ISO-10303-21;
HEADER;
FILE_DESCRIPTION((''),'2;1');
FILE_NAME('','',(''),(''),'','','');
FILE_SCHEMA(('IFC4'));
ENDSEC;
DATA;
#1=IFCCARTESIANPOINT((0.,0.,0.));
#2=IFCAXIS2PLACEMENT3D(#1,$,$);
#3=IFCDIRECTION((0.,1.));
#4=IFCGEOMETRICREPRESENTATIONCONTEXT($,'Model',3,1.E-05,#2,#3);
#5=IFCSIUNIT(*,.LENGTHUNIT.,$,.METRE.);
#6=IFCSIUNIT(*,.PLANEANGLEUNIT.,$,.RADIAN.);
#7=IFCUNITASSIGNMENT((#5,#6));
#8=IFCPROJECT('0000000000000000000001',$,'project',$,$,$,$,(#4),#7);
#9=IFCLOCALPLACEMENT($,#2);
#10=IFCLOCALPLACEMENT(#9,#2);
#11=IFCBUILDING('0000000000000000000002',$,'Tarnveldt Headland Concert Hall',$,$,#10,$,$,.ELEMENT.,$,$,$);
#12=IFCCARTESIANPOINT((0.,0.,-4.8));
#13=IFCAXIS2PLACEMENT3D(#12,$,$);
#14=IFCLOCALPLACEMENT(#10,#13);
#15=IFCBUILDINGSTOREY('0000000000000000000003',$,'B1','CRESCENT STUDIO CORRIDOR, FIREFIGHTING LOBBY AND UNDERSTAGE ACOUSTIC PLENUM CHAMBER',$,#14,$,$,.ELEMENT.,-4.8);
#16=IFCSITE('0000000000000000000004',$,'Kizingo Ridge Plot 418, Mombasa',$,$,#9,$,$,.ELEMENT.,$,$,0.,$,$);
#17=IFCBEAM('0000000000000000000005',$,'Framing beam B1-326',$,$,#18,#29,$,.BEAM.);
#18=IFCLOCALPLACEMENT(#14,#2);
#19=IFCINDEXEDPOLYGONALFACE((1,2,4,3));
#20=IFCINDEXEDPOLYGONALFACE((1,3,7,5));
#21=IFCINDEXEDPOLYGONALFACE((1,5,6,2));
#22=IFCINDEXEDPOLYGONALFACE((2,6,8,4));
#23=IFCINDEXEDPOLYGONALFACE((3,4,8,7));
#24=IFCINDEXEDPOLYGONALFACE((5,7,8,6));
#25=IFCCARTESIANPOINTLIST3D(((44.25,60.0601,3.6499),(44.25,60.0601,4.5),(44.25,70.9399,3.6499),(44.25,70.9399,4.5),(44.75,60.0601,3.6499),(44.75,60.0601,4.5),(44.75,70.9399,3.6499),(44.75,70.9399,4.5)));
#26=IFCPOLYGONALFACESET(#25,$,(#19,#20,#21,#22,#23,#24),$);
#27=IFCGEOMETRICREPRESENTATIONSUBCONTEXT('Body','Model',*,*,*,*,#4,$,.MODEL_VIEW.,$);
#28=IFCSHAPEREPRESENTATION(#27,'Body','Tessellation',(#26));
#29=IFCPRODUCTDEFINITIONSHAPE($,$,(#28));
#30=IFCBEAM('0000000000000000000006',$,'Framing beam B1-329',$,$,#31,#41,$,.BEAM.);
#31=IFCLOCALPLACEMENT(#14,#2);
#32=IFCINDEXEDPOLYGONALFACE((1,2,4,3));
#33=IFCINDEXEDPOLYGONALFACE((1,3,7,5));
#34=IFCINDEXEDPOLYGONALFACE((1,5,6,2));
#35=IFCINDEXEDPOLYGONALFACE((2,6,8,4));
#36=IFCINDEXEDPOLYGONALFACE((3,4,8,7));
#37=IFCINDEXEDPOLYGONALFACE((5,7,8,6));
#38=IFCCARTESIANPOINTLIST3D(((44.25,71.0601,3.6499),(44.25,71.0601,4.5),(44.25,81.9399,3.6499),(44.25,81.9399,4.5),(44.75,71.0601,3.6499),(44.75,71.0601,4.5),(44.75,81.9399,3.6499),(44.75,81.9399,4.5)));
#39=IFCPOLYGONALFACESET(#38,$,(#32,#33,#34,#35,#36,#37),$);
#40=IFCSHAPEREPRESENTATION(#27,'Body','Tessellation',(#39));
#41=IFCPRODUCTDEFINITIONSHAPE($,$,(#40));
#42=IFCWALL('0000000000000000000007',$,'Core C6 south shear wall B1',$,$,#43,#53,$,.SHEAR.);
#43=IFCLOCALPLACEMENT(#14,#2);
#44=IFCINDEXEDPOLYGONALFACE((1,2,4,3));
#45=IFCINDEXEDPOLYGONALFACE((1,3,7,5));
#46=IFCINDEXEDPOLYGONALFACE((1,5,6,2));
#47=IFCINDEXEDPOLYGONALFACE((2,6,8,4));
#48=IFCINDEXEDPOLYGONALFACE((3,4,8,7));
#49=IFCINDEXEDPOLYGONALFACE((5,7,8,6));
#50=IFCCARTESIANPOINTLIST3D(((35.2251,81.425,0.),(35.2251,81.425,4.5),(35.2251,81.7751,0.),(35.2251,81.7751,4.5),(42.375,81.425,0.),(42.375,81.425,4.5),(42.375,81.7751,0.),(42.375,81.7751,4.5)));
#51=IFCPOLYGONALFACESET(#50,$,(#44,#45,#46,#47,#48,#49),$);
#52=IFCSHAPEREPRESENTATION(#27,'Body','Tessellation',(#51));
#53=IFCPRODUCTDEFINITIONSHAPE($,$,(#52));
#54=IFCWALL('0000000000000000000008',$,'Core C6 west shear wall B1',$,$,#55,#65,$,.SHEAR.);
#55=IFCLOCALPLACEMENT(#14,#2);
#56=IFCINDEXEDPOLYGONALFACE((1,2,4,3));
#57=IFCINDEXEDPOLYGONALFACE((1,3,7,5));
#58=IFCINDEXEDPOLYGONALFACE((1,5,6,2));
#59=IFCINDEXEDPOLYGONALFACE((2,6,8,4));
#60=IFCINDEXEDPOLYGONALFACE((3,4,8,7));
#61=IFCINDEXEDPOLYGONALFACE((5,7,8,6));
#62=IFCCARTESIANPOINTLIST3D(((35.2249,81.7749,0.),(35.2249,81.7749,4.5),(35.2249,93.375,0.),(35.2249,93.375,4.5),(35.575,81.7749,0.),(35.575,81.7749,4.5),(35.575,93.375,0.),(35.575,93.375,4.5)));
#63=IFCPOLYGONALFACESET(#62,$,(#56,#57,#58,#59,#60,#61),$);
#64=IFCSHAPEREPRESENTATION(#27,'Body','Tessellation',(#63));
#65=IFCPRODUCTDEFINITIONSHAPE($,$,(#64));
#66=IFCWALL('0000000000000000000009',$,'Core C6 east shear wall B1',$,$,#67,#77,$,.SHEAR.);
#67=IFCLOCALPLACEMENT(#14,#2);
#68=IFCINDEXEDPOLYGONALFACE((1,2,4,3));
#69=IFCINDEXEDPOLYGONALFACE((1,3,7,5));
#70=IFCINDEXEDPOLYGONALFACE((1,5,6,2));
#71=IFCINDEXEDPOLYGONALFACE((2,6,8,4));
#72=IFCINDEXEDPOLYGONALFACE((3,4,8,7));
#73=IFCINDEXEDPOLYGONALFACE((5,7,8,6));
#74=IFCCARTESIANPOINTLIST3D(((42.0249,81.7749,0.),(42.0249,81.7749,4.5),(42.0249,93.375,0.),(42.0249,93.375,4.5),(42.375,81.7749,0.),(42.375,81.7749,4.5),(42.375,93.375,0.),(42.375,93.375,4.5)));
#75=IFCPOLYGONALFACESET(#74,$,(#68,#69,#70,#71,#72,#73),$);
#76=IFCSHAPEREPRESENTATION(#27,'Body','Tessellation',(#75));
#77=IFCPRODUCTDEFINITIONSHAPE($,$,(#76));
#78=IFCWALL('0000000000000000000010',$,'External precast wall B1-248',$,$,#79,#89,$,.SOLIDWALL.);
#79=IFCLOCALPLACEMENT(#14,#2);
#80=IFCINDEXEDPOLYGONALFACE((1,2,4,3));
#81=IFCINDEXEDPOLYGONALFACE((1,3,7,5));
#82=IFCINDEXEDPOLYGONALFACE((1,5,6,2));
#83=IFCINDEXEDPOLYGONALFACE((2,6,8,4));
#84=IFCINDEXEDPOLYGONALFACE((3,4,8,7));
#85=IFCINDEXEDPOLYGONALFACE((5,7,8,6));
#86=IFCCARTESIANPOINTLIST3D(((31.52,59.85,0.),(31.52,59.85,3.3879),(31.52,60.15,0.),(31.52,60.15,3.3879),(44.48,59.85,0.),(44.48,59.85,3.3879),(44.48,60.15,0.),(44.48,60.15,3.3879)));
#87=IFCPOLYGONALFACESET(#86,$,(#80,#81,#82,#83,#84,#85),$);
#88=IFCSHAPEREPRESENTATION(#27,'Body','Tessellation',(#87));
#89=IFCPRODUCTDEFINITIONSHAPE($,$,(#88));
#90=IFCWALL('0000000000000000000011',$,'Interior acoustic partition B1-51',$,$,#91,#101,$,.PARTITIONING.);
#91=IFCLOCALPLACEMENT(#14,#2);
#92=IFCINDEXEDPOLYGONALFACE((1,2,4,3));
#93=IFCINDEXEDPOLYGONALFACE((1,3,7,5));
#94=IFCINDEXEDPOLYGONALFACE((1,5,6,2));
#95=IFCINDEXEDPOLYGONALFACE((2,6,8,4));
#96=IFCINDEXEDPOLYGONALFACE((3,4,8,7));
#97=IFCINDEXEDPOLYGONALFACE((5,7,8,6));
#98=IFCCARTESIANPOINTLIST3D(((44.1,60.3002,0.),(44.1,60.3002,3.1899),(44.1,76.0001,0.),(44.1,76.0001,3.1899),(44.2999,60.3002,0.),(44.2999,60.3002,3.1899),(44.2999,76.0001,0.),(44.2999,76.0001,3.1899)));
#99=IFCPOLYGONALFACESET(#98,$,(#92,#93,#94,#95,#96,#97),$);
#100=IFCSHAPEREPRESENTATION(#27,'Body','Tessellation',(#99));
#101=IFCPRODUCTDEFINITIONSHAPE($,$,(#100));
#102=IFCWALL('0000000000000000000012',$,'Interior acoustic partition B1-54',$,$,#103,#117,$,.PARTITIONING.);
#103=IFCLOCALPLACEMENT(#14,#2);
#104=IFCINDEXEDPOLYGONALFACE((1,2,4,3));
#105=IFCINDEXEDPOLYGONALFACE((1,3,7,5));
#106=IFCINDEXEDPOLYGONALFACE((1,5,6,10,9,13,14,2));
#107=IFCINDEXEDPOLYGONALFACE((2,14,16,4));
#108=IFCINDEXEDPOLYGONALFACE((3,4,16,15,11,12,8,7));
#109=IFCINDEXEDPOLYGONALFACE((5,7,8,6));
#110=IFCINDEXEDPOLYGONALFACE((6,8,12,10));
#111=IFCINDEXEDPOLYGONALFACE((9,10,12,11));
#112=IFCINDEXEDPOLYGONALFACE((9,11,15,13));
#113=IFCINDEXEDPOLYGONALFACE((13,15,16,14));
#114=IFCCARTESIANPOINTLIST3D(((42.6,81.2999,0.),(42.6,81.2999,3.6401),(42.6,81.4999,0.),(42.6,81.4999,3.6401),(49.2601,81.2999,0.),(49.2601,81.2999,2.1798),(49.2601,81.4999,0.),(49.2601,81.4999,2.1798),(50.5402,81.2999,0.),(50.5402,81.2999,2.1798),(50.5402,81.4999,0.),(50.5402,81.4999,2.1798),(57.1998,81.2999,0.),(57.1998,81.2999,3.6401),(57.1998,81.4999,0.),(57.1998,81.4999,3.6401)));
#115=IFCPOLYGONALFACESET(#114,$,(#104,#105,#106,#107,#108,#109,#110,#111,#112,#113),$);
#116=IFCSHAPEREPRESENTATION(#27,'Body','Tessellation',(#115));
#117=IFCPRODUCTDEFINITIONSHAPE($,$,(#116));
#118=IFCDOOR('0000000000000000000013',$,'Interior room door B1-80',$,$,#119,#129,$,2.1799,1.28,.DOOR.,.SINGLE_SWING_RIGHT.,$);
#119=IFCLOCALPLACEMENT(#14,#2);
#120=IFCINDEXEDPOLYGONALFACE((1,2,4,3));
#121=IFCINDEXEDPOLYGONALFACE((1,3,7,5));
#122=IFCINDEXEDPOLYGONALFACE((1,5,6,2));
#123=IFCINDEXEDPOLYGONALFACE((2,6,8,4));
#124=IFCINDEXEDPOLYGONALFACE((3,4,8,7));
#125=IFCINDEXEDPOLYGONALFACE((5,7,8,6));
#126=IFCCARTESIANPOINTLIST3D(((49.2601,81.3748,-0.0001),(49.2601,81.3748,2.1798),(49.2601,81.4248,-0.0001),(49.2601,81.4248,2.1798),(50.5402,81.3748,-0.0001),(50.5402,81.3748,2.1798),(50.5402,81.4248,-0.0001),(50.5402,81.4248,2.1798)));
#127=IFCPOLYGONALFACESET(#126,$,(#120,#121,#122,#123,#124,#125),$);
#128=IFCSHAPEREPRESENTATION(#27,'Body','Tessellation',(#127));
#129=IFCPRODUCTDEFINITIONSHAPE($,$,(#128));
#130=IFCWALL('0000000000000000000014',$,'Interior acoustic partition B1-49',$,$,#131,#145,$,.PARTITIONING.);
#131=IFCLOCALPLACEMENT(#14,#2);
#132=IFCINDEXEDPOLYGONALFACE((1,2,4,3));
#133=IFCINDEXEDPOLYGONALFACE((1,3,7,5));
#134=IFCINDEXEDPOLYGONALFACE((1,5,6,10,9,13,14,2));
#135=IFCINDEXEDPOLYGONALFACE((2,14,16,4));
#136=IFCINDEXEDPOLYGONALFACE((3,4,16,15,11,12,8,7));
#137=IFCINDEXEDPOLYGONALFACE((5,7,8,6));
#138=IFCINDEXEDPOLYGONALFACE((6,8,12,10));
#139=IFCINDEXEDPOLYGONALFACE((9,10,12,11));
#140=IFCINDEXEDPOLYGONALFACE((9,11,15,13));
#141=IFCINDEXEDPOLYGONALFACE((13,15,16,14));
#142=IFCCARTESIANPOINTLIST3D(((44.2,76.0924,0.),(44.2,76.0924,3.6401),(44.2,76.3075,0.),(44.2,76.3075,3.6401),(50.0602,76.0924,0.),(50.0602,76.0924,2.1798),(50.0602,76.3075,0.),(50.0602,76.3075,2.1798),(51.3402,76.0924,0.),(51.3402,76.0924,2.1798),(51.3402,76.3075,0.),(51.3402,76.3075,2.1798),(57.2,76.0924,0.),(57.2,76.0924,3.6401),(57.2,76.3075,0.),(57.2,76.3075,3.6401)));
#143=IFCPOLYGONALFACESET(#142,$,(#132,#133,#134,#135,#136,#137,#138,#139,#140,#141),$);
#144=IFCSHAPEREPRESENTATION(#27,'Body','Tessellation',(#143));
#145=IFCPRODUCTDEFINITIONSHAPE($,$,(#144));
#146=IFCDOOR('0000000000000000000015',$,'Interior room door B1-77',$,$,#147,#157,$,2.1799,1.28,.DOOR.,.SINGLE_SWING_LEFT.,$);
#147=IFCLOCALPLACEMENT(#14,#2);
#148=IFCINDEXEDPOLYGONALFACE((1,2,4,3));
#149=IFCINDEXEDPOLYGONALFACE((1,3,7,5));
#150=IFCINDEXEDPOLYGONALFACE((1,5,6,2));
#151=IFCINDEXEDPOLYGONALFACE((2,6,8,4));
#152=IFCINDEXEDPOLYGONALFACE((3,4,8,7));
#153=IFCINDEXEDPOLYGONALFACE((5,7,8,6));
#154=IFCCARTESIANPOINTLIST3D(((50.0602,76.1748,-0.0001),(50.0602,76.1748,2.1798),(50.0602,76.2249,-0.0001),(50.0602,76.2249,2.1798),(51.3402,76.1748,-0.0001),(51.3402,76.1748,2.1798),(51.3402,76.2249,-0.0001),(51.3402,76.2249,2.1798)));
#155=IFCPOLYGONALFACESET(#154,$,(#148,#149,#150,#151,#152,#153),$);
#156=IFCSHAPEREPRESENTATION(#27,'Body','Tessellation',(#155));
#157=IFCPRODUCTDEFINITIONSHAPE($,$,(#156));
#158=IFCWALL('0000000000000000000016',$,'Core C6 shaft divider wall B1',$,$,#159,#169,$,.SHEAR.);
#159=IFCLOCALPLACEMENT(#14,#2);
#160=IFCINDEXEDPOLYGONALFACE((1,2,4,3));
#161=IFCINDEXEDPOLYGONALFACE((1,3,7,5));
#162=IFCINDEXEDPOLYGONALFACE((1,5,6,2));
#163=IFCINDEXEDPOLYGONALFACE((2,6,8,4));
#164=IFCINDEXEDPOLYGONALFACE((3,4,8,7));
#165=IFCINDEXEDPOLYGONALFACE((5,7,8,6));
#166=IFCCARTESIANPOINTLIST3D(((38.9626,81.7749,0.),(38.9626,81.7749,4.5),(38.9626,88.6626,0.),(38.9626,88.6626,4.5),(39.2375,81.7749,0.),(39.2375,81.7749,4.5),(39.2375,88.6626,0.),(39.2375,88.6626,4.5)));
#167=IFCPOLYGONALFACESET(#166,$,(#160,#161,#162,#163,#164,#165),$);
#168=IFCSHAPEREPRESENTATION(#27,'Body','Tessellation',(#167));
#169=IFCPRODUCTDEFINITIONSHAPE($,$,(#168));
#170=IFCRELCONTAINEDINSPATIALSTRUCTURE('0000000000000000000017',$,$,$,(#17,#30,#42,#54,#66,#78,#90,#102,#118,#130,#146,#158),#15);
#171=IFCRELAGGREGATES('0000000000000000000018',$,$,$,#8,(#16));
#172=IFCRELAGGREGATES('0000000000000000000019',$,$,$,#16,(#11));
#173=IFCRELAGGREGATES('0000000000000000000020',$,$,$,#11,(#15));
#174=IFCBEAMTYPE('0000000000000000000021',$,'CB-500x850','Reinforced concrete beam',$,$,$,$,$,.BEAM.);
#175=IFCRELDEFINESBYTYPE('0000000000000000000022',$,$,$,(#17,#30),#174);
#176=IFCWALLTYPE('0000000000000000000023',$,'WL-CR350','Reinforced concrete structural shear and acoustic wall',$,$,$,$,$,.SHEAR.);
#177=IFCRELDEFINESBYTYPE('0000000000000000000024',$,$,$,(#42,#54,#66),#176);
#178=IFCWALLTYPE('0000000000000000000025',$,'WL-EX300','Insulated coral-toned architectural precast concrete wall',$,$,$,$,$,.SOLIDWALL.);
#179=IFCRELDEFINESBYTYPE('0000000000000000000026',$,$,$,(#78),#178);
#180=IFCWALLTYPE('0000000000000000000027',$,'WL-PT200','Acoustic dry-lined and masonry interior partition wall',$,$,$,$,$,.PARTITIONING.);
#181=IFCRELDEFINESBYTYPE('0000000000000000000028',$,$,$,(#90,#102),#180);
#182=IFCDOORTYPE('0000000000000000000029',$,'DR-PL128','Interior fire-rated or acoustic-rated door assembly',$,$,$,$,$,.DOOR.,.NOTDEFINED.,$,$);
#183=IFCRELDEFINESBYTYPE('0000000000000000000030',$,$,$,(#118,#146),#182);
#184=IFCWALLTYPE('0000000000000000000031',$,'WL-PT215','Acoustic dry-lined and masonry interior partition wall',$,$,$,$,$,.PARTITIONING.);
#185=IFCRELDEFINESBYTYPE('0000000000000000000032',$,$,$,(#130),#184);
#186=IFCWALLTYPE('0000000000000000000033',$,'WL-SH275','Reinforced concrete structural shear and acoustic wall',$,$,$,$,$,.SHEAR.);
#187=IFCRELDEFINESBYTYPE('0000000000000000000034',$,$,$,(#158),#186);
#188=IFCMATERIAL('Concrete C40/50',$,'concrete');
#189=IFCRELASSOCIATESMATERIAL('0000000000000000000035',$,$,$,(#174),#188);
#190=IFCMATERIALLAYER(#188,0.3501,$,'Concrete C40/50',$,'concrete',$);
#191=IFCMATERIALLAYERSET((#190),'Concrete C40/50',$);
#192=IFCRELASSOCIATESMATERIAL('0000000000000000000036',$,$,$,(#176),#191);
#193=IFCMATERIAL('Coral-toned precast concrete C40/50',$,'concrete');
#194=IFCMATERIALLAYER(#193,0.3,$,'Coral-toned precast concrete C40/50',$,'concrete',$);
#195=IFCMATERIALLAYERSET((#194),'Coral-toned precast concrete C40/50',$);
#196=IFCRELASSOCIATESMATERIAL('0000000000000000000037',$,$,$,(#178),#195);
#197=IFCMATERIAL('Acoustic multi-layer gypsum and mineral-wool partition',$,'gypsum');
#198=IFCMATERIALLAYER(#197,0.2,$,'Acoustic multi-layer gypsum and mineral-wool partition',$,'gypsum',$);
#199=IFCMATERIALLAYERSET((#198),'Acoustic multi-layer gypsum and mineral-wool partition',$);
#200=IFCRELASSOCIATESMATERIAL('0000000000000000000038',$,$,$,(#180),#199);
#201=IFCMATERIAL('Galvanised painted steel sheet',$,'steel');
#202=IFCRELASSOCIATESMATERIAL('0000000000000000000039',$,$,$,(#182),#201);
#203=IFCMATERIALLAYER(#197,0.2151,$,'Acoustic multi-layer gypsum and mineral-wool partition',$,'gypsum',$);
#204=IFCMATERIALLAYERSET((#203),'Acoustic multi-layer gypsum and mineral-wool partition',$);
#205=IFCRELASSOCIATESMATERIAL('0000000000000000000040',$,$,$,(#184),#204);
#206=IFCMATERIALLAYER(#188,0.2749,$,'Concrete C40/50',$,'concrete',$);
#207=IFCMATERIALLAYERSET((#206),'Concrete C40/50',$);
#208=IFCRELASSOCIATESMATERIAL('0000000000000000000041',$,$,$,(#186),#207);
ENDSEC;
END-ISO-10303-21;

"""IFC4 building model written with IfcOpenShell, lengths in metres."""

from ifc_helpers import new_model, si_unit, direction, frame, frame_2d, origin, origin_2d, place, context, subcontext, project, spatial, rectangle, extrude, material, layer, layer_set, material_profile, profile_set, type_object, element, fill, save


model = new_model("IFC4")

# Units and contexts
model_context = context("Model", 3, precision=1e-05, world=origin(), true_north=direction((0.0, 1.0)))
body_context = subcontext(model_context, "Body", "Model", "MODEL_VIEW")
ifc_project = project(units=[si_unit("LENGTHUNIT", "METRE"), si_unit("PLANEANGLEUNIT", "RADIAN")], contexts=[model_context])

# Site, building, storey
site_placement = place(None, origin())
site = spatial("IfcSite", under=ifc_project, at=site_placement, Name="Kizingo Ridge Plot 418, Mombasa", CompositionType="ELEMENT", RefElevation=0.0)
building_placement = place(site_placement, origin())
building = spatial("IfcBuilding", under=site, at=building_placement, Name="Tarnveldt Headland Concert Hall", CompositionType="ELEMENT")
storey_placement = place(building_placement, frame((0.0, 0.0, -4.8)))
storey = spatial("IfcBuildingStorey", under=building, at=storey_placement, Name="B1", Description="CRESCENT STUDIO CORRIDOR, FIREFIGHTING LOBBY AND UNDERSTAGE ACOUSTIC PLENUM CHAMBER", CompositionType="ELEMENT", Elevation=-4.8)

# Shared definitions
ifc_material_1 = material(Name="Concrete C40/50", Category="concrete")

# Beams
ifc_material_profile_1 = material_profile(ifc_material_1, rectangle(XDim=0.5, YDim=0.8501, at=origin_2d()), Name="RC 500x850", Category="concrete")
ifc_profile_set_1 = profile_set([ifc_material_profile_1], Name="Concrete C40/50")
beam_type = type_object("IfcBeamType", Name="CB-500x850", Description="Reinforced concrete beam", PredefinedType="BEAM", material=ifc_profile_set_1)
for number, where, z_axis, x_axis, name in (
    (1, (44.5, 60.0601, 4.075), (0.0, 1.0, 0.0), (-1.0, 0.0, 0.0), "Framing beam B1-326"),
    (2, (44.5, 71.0601, 4.075), (0.0, 1.0, 0.0), (-1.0, 0.0, 0.0), "Framing beam B1-329"),
):
    element("IfcBeam", number, at=place(storey_placement, frame(where, z_axis=z_axis, x_axis=x_axis)), inside=storey, type_object=beam_type, Name=name, PredefinedType="BEAM", context=body_context, shape_type="SweptSolid", body=[
        extrude(rectangle(XDim=0.5, YDim=0.8501, at=origin_2d()), origin(), (0.0, 0.0, 1.0), 10.8799),
    ])

# Walls
ifc_layer_1 = layer(ifc_material_1, 0.3501, Name="Concrete C40/50", Category="concrete")
ifc_layer_set_1 = layer_set([ifc_layer_1], Name="Concrete C40/50")
wall_type_1 = type_object("IfcWallType", Name="WL-CR350", Description="Reinforced concrete structural shear and acoustic wall", PredefinedType="SHEAR", material=ifc_layer_set_1)
wall_1_placement = place(storey_placement, frame((35.2251, 81.6001, 0.0), z_axis=(0.0, 0.0, 1.0), x_axis=(1.0, 0.0, 0.0)))
element("IfcWall", 3, at=wall_1_placement, inside=storey, type_object=wall_type_1, Name="Core C6 south shear wall B1", PredefinedType="SHEAR", context=body_context, shape_type="SweptSolid", body=[
    extrude(rectangle(XDim=7.1499, YDim=0.3501, at=frame_2d((3.575, 0.0))), origin(), (0.0, 0.0, 1.0), 4.5),
])
for number, where, z_axis, x_axis, name in (
    (4, (35.3999, 81.7749, 0.0), (0.0, 0.0, 1.0), (0.0, 1.0, 0.0), "Core C6 west shear wall B1"),
    (5, (42.2, 81.7749, 0.0), (0.0, 0.0, 1.0), (0.0, 1.0, 0.0), "Core C6 east shear wall B1"),
):
    element("IfcWall", number, at=place(storey_placement, frame(where, z_axis=z_axis, x_axis=x_axis)), inside=storey, type_object=wall_type_1, Name=name, PredefinedType="SHEAR", context=body_context, shape_type="SweptSolid", body=[
        extrude(rectangle(XDim=11.6001, YDim=0.3501, at=frame_2d((5.8, 0.0))), origin(), (0.0, 0.0, 1.0), 4.5),
    ])
ifc_material_2 = material(Name="Coral-toned precast concrete C40/50", Category="concrete")
ifc_layer_2 = layer(ifc_material_2, 0.3, Name="Coral-toned precast concrete C40/50", Category="concrete")
ifc_layer_set_2 = layer_set([ifc_layer_2], Name="Coral-toned precast concrete C40/50")
wall_type_2 = type_object("IfcWallType", Name="WL-EX300", Description="Insulated coral-toned architectural precast concrete wall", PredefinedType="SOLIDWALL", material=ifc_layer_set_2)
wall_2_placement = place(storey_placement, frame((44.48, 60.0, 0.0), z_axis=(0.0, 0.0, 1.0), x_axis=(-1.0, 0.0, 0.0)))
element("IfcWall", 6, at=wall_2_placement, inside=storey, type_object=wall_type_2, Name="External precast wall B1-248", PredefinedType="SOLIDWALL", context=body_context, shape_type="SweptSolid", body=[
    extrude(rectangle(XDim=12.96, YDim=0.3, at=frame_2d((6.48, 0.0))), origin(), (0.0, 0.0, 1.0), 3.3879),
])
ifc_material_3 = material(Name="Acoustic multi-layer gypsum and mineral-wool partition", Category="gypsum")
ifc_layer_3 = layer(ifc_material_3, 0.2, Name="Acoustic multi-layer gypsum and mineral-wool partition", Category="gypsum")
ifc_layer_set_3 = layer_set([ifc_layer_3], Name="Acoustic multi-layer gypsum and mineral-wool partition")
wall_type_3 = type_object("IfcWallType", Name="WL-PT200", Description="Acoustic dry-lined and masonry interior partition wall", PredefinedType="PARTITIONING", material=ifc_layer_set_3)
wall_3_placement = place(storey_placement, frame((44.2, 60.3, 0.0), z_axis=(0.0, 0.0, 1.0), x_axis=(0.0, 1.0, 0.0)))
element("IfcWall", 7, at=wall_3_placement, inside=storey, type_object=wall_type_3, Name="Interior acoustic partition B1-51", PredefinedType="PARTITIONING", context=body_context, shape_type="SweptSolid", body=[
    extrude(rectangle(XDim=15.7, YDim=0.2, at=frame_2d((7.8501, 0.0))), origin(), (0.0, 0.0, 1.0), 3.1899),
])

# Walls, openings, doors
wall_4_placement = place(storey_placement, frame((42.6001, 81.3999, 0.0), z_axis=(0.0, 0.0, 1.0), x_axis=(1.0, 0.0, 0.0)))
wall_4 = element("IfcWall", 8, at=wall_4_placement, inside=storey, type_object=wall_type_3, Name="Interior acoustic partition B1-54", PredefinedType="PARTITIONING", context=body_context, shape_type="SweptSolid", body=[
    extrude(rectangle(XDim=14.5999, YDim=0.2, at=frame_2d((7.2998, 0.0))), origin(), (0.0, 0.0, 1.0), 3.6401),
])
opening_1_placement = place(wall_4_placement, frame((6.6599, 0.0, 0.0)))
opening_1 = element("IfcOpeningElement", 9, at=opening_1_placement, cuts=wall_4, PredefinedType="OPENING", context=body_context, shape_type="SweptSolid", body=[
    extrude(rectangle(XDim=1.28, YDim=2.1799, at=frame_2d((0.6401, 1.0898))), frame((0.0, 0.1099, 0.0), z_axis=(0.0, -1.0, 0.0), x_axis=(1.0, 0.0, 0.0)), (0.0, 0.0, 1.0), 0.22),
])
ifc_material_4 = material(Name="Galvanised painted steel sheet", Category="steel")
door_type = type_object("IfcDoorType", Name="DR-PL128", Description="Interior fire-rated or acoustic-rated door assembly", OperationType="NOTDEFINED", PredefinedType="DOOR", material=ifc_material_4)
door_1_placement = place(opening_1_placement, origin())
door_1 = element("IfcDoor", 10, at=door_1_placement, inside=storey, type_object=door_type, Name="Interior room door B1-80", OperationType="SINGLE_SWING_RIGHT", OverallHeight=2.1799, OverallWidth=1.28, PredefinedType="DOOR", context=body_context, shape_type="SweptSolid", body=[
    extrude(rectangle(XDim=1.28, YDim=2.1799, at=frame_2d((0.6401, 1.0898))), frame((0.0, 0.0249, 0.0), z_axis=(0.0, -1.0, 0.0), x_axis=(1.0, 0.0, 0.0)), (0.0, 0.0, 1.0), 0.05),
])
fill(opening_1, door_1)
ifc_layer_4 = layer(ifc_material_3, 0.2151, Name="Acoustic multi-layer gypsum and mineral-wool partition", Category="gypsum")
ifc_layer_set_4 = layer_set([ifc_layer_4], Name="Acoustic multi-layer gypsum and mineral-wool partition")
wall_type_4 = type_object("IfcWallType", Name="WL-PT215", Description="Acoustic dry-lined and masonry interior partition wall", PredefinedType="PARTITIONING", material=ifc_layer_set_4)
wall_5_placement = place(storey_placement, frame((44.2, 76.2, 0.0), z_axis=(0.0, 0.0, 1.0), x_axis=(1.0, 0.0, 0.0)))
wall_5 = element("IfcWall", 11, at=wall_5_placement, inside=storey, type_object=wall_type_4, Name="Interior acoustic partition B1-49", PredefinedType="PARTITIONING", context=body_context, shape_type="SweptSolid", body=[
    extrude(rectangle(XDim=13.0, YDim=0.2151, at=frame_2d((6.5, 0.0))), origin(), (0.0, 0.0, 1.0), 3.6401),
])
opening_2_placement = place(wall_5_placement, frame((5.8601, 0.0, 0.0)))
opening_2 = element("IfcOpeningElement", 12, at=opening_2_placement, cuts=wall_5, PredefinedType="OPENING", context=body_context, shape_type="SweptSolid", body=[
    extrude(rectangle(XDim=1.28, YDim=2.1799, at=frame_2d((0.6401, 1.0898))), frame((0.0, 0.1174, 0.0), z_axis=(0.0, -1.0, 0.0), x_axis=(1.0, 0.0, 0.0)), (0.0, 0.0, 1.0), 0.2351),
])
door_2_placement = place(opening_2_placement, origin())
door_2 = element("IfcDoor", 13, at=door_2_placement, inside=storey, type_object=door_type, Name="Interior room door B1-77", OperationType="SINGLE_SWING_LEFT", OverallHeight=2.1799, OverallWidth=1.28, PredefinedType="DOOR", context=body_context, shape_type="SweptSolid", body=[
    extrude(rectangle(XDim=1.28, YDim=2.1799, at=frame_2d((0.6401, 1.0898))), frame((0.0, 0.0249, 0.0), z_axis=(0.0, -1.0, 0.0), x_axis=(1.0, 0.0, 0.0)), (0.0, 0.0, 1.0), 0.05),
])
fill(opening_2, door_2)

# Wall
ifc_layer_5 = layer(ifc_material_1, 0.2749, Name="Concrete C40/50", Category="concrete")
ifc_layer_set_5 = layer_set([ifc_layer_5], Name="Concrete C40/50")
wall_type_5 = type_object("IfcWallType", Name="WL-SH275", Description="Reinforced concrete structural shear and acoustic wall", PredefinedType="SHEAR", material=ifc_layer_set_5)
wall_6_placement = place(storey_placement, frame((39.1001, 81.7749, 0.0), z_axis=(0.0, 0.0, 1.0), x_axis=(0.0, 1.0, 0.0)))
element("IfcWall", 14, at=wall_6_placement, inside=storey, type_object=wall_type_5, Name="Core C6 shaft divider wall B1", PredefinedType="SHEAR", context=body_context, shape_type="SweptSolid", body=[
    extrude(rectangle(XDim=6.8877, YDim=0.2749, at=frame_2d((3.4438, 0.0))), origin(), (0.0, 0.0, 1.0), 4.5),
])

save(model, "model.ifc")
